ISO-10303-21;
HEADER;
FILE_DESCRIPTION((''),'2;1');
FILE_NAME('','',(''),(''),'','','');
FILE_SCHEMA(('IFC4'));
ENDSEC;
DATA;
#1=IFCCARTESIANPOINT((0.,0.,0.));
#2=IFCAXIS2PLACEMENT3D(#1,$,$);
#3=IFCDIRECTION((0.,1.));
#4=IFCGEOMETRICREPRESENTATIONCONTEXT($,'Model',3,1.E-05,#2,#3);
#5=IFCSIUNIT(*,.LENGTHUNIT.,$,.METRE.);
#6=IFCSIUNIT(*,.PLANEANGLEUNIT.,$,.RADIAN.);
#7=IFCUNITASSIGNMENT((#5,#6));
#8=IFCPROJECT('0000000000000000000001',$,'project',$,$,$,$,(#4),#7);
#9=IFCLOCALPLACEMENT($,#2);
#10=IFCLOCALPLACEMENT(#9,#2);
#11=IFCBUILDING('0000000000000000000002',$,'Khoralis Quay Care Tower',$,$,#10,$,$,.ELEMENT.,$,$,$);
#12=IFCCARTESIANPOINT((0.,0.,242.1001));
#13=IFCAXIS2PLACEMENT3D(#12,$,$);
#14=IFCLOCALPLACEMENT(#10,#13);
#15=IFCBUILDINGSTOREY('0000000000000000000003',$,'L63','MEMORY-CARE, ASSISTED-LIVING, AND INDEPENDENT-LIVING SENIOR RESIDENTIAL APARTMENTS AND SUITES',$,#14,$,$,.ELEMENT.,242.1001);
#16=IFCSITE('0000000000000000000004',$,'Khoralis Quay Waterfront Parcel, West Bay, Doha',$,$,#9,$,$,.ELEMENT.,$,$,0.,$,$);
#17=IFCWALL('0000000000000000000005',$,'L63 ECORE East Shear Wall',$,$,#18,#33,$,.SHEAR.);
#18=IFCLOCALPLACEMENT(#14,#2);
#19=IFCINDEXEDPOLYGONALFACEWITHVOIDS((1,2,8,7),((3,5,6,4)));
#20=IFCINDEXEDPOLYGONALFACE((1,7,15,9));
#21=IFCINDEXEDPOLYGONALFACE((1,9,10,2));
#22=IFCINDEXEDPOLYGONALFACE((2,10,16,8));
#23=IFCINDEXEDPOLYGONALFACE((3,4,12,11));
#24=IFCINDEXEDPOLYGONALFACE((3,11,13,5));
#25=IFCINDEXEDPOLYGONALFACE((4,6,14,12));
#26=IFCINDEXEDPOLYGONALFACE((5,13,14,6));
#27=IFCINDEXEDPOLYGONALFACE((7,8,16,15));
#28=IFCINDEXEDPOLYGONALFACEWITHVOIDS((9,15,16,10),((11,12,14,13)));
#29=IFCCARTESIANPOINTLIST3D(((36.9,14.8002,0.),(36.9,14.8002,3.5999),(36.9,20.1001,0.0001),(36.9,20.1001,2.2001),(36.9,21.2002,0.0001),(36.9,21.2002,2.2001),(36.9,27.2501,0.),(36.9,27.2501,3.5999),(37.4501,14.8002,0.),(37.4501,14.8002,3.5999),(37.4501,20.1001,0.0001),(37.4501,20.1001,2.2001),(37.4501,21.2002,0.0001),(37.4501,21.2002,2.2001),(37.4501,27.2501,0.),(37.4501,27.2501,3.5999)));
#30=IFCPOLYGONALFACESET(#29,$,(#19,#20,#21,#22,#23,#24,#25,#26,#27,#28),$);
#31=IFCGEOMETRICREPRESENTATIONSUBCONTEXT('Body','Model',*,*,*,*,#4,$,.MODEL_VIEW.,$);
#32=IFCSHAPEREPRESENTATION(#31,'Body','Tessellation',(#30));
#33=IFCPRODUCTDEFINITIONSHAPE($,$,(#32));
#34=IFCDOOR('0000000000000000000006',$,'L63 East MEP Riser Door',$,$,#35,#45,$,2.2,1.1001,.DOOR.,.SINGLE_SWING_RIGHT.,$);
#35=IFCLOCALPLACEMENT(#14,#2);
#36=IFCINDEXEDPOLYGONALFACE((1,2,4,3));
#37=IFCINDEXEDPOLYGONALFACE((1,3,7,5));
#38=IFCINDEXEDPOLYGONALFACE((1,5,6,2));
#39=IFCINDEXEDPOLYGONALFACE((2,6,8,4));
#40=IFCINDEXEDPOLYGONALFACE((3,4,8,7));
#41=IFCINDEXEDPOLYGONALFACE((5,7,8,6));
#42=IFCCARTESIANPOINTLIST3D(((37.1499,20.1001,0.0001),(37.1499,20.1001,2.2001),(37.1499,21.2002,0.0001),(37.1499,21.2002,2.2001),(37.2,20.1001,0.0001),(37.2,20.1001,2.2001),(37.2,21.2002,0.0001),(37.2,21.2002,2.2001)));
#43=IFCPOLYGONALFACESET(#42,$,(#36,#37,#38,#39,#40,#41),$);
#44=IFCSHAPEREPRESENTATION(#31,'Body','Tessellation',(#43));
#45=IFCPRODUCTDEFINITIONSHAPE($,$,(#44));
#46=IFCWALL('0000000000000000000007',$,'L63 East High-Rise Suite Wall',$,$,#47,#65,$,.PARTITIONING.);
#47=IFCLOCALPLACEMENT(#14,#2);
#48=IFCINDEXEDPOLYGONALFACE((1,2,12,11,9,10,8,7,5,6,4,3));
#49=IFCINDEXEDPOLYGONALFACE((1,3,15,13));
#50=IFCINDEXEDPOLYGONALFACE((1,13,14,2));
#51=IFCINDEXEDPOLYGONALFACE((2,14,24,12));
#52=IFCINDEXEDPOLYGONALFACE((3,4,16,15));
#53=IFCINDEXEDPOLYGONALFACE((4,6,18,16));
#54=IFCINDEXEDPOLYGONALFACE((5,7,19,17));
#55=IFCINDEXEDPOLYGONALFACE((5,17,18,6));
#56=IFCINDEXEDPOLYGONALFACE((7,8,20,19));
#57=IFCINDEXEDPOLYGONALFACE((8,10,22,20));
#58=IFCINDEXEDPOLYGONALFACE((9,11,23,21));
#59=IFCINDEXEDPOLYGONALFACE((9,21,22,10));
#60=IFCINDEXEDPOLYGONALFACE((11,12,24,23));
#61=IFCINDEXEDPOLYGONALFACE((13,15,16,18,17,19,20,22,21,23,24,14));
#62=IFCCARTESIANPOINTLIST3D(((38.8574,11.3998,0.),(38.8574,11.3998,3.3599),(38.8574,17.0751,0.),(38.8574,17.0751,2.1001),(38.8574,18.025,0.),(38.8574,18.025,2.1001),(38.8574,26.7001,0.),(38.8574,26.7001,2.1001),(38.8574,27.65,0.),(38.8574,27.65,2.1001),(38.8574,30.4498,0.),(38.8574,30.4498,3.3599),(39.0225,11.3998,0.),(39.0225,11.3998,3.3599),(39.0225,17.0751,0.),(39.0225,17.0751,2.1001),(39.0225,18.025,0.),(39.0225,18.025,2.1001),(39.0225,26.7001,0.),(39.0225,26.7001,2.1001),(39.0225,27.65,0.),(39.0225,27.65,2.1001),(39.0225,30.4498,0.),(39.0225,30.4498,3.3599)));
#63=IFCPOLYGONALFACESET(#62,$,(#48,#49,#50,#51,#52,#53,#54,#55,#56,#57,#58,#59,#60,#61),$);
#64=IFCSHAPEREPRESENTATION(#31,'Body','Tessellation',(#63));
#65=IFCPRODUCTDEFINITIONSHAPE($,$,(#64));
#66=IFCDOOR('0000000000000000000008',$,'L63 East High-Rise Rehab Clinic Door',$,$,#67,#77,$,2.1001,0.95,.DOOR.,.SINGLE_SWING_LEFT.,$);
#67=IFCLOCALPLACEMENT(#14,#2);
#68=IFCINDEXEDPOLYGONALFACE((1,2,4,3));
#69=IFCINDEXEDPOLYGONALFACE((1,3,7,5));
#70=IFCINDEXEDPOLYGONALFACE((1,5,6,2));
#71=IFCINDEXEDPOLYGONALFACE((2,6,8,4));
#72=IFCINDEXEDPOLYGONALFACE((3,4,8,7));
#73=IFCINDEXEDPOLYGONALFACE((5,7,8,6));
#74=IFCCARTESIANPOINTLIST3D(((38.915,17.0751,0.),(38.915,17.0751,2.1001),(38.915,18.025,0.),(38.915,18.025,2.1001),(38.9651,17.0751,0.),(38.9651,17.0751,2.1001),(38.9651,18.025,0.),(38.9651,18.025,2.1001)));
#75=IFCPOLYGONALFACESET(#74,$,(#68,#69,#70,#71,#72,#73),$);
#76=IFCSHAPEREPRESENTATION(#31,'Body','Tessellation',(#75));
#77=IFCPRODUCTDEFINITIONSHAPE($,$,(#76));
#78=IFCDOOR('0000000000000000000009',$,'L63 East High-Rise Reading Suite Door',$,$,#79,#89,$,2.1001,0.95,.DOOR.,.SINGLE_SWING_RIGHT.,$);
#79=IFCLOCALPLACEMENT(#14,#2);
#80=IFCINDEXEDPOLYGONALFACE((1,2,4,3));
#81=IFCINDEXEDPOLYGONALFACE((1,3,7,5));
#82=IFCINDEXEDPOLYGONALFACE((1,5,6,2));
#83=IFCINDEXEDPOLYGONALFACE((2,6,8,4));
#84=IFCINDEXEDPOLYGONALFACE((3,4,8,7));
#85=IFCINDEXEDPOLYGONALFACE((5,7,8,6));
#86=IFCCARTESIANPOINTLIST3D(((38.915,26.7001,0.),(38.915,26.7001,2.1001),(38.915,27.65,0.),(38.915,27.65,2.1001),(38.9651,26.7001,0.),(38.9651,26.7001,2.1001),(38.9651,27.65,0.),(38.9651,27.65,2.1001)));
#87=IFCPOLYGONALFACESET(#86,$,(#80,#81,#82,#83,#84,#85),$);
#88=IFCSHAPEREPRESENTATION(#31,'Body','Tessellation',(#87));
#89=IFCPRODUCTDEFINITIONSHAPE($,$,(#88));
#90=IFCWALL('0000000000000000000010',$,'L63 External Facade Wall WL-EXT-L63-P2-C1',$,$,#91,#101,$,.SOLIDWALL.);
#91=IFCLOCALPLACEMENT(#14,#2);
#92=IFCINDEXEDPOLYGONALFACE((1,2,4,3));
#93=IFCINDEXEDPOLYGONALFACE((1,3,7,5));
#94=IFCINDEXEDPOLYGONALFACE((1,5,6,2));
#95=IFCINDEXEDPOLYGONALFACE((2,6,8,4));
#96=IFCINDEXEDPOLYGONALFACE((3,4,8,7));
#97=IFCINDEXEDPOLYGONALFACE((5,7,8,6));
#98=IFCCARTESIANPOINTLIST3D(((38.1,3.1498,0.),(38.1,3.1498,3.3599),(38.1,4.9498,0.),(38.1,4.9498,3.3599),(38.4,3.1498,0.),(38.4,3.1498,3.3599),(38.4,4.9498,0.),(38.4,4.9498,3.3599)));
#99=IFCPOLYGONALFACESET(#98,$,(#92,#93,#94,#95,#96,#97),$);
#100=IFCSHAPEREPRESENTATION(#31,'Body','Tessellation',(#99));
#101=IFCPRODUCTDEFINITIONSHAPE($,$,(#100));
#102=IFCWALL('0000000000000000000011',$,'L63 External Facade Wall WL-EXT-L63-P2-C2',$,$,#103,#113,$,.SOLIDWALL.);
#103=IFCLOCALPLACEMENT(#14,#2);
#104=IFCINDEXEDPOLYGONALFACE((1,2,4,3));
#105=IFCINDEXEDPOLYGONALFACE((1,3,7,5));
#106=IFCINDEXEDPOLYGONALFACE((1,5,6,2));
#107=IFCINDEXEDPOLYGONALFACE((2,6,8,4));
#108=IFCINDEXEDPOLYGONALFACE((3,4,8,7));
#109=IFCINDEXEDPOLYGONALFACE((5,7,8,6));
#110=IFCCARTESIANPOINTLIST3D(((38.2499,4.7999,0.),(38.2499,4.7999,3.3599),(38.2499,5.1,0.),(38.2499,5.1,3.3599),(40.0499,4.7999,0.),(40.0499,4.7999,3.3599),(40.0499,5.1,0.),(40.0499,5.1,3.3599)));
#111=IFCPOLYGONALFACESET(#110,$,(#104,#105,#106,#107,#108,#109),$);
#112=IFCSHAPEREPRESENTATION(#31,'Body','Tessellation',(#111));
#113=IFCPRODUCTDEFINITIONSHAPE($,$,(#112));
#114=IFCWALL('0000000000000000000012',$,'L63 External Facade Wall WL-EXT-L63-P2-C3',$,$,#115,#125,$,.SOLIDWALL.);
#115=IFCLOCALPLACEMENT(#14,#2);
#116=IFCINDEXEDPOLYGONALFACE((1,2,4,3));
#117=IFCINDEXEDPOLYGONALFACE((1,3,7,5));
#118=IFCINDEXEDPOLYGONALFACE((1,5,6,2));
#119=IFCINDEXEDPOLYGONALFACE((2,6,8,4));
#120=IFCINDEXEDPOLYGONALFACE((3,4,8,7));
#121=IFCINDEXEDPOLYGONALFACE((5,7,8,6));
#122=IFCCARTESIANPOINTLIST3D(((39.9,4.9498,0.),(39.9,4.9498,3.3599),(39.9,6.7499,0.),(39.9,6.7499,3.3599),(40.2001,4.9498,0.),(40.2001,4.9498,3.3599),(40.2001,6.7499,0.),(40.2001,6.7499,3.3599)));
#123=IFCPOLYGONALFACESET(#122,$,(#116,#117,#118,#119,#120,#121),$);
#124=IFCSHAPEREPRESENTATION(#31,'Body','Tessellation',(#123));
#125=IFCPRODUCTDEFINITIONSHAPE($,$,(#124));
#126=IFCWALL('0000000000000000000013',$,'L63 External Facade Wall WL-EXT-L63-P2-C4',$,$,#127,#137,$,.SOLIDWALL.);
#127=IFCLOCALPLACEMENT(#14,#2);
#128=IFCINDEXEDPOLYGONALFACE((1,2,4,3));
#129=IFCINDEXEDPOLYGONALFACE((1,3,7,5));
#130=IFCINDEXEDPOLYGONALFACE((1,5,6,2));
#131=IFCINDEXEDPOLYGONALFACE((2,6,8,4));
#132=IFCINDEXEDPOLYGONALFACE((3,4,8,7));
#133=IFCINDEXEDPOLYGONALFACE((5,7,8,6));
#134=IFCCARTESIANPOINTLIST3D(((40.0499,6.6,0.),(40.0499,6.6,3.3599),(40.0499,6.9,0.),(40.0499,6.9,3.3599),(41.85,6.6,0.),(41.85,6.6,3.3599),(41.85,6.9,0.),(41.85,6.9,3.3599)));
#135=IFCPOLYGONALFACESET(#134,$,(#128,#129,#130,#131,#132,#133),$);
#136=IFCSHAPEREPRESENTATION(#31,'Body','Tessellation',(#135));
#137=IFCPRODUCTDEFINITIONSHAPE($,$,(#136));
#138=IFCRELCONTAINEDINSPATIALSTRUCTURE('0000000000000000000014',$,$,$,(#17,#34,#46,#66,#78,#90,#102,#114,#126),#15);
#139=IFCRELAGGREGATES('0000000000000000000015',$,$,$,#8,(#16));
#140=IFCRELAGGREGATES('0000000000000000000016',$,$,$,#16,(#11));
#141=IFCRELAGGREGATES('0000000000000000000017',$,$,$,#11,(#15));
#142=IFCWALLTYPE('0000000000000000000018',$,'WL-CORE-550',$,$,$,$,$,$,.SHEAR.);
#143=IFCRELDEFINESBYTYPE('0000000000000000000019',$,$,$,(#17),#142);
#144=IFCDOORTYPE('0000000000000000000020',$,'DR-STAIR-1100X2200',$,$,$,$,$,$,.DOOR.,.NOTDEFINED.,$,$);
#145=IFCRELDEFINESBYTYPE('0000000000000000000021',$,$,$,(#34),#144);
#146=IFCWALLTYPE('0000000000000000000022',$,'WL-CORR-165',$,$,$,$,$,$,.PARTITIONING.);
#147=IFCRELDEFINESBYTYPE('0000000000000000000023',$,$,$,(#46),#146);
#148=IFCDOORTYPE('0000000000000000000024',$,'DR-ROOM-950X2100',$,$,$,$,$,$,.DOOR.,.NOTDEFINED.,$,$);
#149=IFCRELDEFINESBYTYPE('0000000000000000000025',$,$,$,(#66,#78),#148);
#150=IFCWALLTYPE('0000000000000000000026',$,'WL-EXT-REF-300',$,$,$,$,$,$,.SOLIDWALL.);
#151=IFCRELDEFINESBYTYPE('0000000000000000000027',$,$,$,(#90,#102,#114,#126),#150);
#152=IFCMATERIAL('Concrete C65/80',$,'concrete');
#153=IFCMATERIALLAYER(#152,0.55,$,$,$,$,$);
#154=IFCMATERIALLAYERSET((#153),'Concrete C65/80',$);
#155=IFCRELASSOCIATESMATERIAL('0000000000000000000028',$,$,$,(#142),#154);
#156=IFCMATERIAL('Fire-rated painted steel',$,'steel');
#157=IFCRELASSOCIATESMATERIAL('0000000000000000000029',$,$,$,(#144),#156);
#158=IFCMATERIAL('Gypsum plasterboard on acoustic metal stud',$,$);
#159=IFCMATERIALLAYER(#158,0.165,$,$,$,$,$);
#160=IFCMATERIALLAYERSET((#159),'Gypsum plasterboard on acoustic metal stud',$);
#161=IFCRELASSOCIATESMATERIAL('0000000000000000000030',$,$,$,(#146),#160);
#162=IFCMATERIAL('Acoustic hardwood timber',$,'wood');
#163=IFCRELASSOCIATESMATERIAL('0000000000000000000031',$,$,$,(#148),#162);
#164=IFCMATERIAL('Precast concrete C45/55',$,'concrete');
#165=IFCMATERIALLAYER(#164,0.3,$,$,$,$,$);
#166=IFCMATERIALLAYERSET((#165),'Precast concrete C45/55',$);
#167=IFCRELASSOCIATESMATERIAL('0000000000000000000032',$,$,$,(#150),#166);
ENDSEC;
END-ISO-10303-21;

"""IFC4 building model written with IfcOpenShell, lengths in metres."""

from ifc_helpers import new_model, si_unit, direction, frame, frame_2d, origin, place, context, subcontext, project, spatial, rectangle, extrude, source, transform, mapped, material, layer, layer_set, type_object, element, fill, save


model = new_model("IFC4")

# Units and contexts
model_context = context("Model", 3, precision=1e-05, world=origin(), true_north=direction((0.0, 1.0)))
body_context = subcontext(model_context, "Body", "Model", "MODEL_VIEW")
ifc_project = project(units=[si_unit("LENGTHUNIT", "METRE"), si_unit("PLANEANGLEUNIT", "RADIAN")], contexts=[model_context])

# Site, building, storey
site_placement = place(None, origin())
site = spatial("IfcSite", under=ifc_project, at=site_placement, Name="Khoralis Quay Waterfront Parcel, West Bay, Doha", CompositionType="ELEMENT", RefElevation=0.0)
building_placement = place(site_placement, origin())
building = spatial("IfcBuilding", under=site, at=building_placement, Name="Khoralis Quay Care Tower", CompositionType="ELEMENT")
storey_placement = place(building_placement, frame((0.0, 0.0, 242.1001)))
storey = spatial("IfcBuildingStorey", under=building, at=storey_placement, Name="L63", Description="MEMORY-CARE, ASSISTED-LIVING, AND INDEPENDENT-LIVING SENIOR RESIDENTIAL APARTMENTS AND SUITES", CompositionType="ELEMENT", Elevation=242.1001)

# Shared definitions
ifc_material_1 = material(Name="Gypsum plasterboard on acoustic metal stud")

# Wall, opening, door
ifc_material_2 = material(Name="Concrete C65/80", Category="concrete")
ifc_layer_1 = layer(ifc_material_2, 0.55)
ifc_layer_set_1 = layer_set([ifc_layer_1], Name="Concrete C65/80")
wall_type_1 = type_object("IfcWallType", Name="WL-CORE-550", PredefinedType="SHEAR", material=ifc_layer_set_1)
wall_1_placement = place(storey_placement, frame((37.175, 14.8, 0.0), z_axis=(0.0, 0.0, 1.0), x_axis=(0.0, 1.0, 0.0)))
wall_1 = element("IfcWall", 1, at=wall_1_placement, inside=storey, type_object=wall_type_1, Name="L63 ECORE East Shear Wall", PredefinedType="SHEAR", context=body_context, shape_type="SweptSolid", body=[
    extrude(rectangle(XDim=12.45, YDim=0.55, at=frame_2d((6.2251, 0.0))), origin(), (0.0, 0.0, 1.0), 3.5999),
])
opening_1_placement = place(wall_1_placement, frame((5.3, 0.0, 0.0)))
opening_1 = element("IfcOpeningElement", 2, at=opening_1_placement, cuts=wall_1, PredefinedType="OPENING", context=body_context, shape_type="SweptSolid", body=[
    extrude(rectangle(XDim=1.1001, YDim=2.2, at=frame_2d((0.55, 1.1001))), frame((0.0, 0.2852, 0.0), z_axis=(0.0, -1.0, 0.0), x_axis=(1.0, 0.0, 0.0)), (0.0, 0.0, 1.0), 0.5701),
])
ifc_material_3 = material(Name="Fire-rated painted steel", Category="steel")
door_type_1 = type_object("IfcDoorType", Name="DR-STAIR-1100X2200", OperationType="NOTDEFINED", PredefinedType="DOOR", material=ifc_material_3)
shared_shape_1 = source(origin(), body_context, "Body", "SweptSolid", [
    extrude(rectangle(XDim=1.1001, YDim=2.2, at=frame_2d((0.55, 1.1001))), frame((0.0, 0.0249, 0.0), z_axis=(0.0, -1.0, 0.0), x_axis=(1.0, 0.0, 0.0)), (0.0, 0.0, 1.0), 0.05),
])
door_1_placement = place(opening_1_placement, frame((1.1001, 0.0, 0.0), z_axis=(0.0, 0.0, 1.0), x_axis=(-1.0, 0.0, 0.0)))
door_1 = element("IfcDoor", 3, at=door_1_placement, inside=storey, type_object=door_type_1, Name="L63 East MEP Riser Door", OperationType="SINGLE_SWING_RIGHT", OverallHeight=2.2, OverallWidth=1.1001, PredefinedType="DOOR", context=body_context, shape_type="MappedRepresentation", body=[
    mapped(shared_shape_1, transform((0.0, 0.0, 0.0), scale=1.0)),
])
fill(opening_1, door_1)

# Wall, openings, doors
ifc_layer_2 = layer(ifc_material_1, 0.165)
ifc_layer_set_2 = layer_set([ifc_layer_2], Name="Gypsum plasterboard on acoustic metal stud")
wall_type_2 = type_object("IfcWallType", Name="WL-CORR-165", PredefinedType="PARTITIONING", material=ifc_layer_set_2)
wall_2_placement = place(storey_placement, frame((38.9399, 11.3999, 0.0), z_axis=(0.0, 0.0, 1.0), x_axis=(0.0, 1.0, 0.0)))
wall_2 = element("IfcWall", 4, at=wall_2_placement, inside=storey, type_object=wall_type_2, Name="L63 East High-Rise Suite Wall", PredefinedType="PARTITIONING", context=body_context, shape_type="SweptSolid", body=[
    extrude(rectangle(XDim=19.05, YDim=0.165, at=frame_2d((9.5249, 0.0))), origin(), (0.0, 0.0, 1.0), 3.3599),
])
opening_2_placement = place(wall_2_placement, frame((5.675, 0.0, 0.0)))
opening_2 = element("IfcOpeningElement", 5, at=opening_2_placement, cuts=wall_2, PredefinedType="OPENING", context=body_context, shape_type="SweptSolid", body=[
    extrude(rectangle(XDim=0.95, YDim=2.1001, at=frame_2d((0.4751, 1.05))), frame((0.0, 0.0925, 0.0), z_axis=(0.0, -1.0, 0.0), x_axis=(1.0, 0.0, 0.0)), (0.0, 0.0, 1.0), 0.1851),
])
opening_3_placement = place(wall_2_placement, frame((15.3, 0.0, 0.0)))
opening_3 = element("IfcOpeningElement", 6, at=opening_3_placement, cuts=wall_2, PredefinedType="OPENING", context=body_context, shape_type="SweptSolid", body=[
    extrude(rectangle(XDim=0.95, YDim=2.1001, at=frame_2d((0.4751, 1.05))), frame((0.0, 0.0925, 0.0), z_axis=(0.0, -1.0, 0.0), x_axis=(1.0, 0.0, 0.0)), (0.0, 0.0, 1.0), 0.1851),
])
ifc_material_4 = material(Name="Acoustic hardwood timber", Category="wood")
door_type_2 = type_object("IfcDoorType", Name="DR-ROOM-950X2100", OperationType="NOTDEFINED", PredefinedType="DOOR", material=ifc_material_4)
shared_shape_2 = source(origin(), body_context, "Body", "SweptSolid", [
    extrude(rectangle(XDim=0.95, YDim=2.1001, at=frame_2d((0.4751, 1.05))), frame((0.0, 0.0249, 0.0), z_axis=(0.0, -1.0, 0.0), x_axis=(1.0, 0.0, 0.0)), (0.0, 0.0, 1.0), 0.05),
])
door_2_placement = place(opening_2_placement, origin())
door_2 = element("IfcDoor", 7, at=door_2_placement, inside=storey, type_object=door_type_2, Name="L63 East High-Rise Rehab Clinic Door", OperationType="SINGLE_SWING_LEFT", OverallHeight=2.1001, OverallWidth=0.95, PredefinedType="DOOR", context=body_context, shape_type="MappedRepresentation", body=[
    mapped(shared_shape_2, transform((0.0, 0.0, 0.0), scale=1.0)),
])
fill(opening_2, door_2)
door_3_placement = place(opening_3_placement, origin())
door_3 = element("IfcDoor", 8, at=door_3_placement, inside=storey, type_object=door_type_2, Name="L63 East High-Rise Reading Suite Door", OperationType="SINGLE_SWING_RIGHT", OverallHeight=2.1001, OverallWidth=0.95, PredefinedType="DOOR", context=body_context, shape_type="MappedRepresentation", body=[
    mapped(shared_shape_2, transform((0.0, 0.0, 0.0), scale=1.0)),
])
fill(opening_3, door_3)

# Walls
ifc_material_5 = material(Name="Precast concrete C45/55", Category="concrete")
ifc_layer_3 = layer(ifc_material_5, 0.3)
ifc_layer_set_3 = layer_set([ifc_layer_3], Name="Precast concrete C45/55")
wall_type_3 = type_object("IfcWallType", Name="WL-EXT-REF-300", PredefinedType="SOLIDWALL", material=ifc_layer_set_3)
for number, where, z_axis, x_axis, name in (
    (9, (38.25, 3.1499, 0.0), (0.0, 0.0, 1.0), (0.0, 1.0, 0.0), "L63 External Facade Wall WL-EXT-L63-P2-C1"),
    (10, (38.25, 4.95, 0.0), (0.0, 0.0, 1.0), (1.0, 0.0, 0.0), "L63 External Facade Wall WL-EXT-L63-P2-C2"),
    (11, (40.05, 4.95, 0.0), (0.0, 0.0, 1.0), (0.0, 1.0, 0.0), "L63 External Facade Wall WL-EXT-L63-P2-C3"),
    (12, (40.05, 6.75, 0.0), (0.0, 0.0, 1.0), (1.0, 0.0, 0.0), "L63 External Facade Wall WL-EXT-L63-P2-C4"),
):
    element("IfcWall", number, at=place(storey_placement, frame(where, z_axis=z_axis, x_axis=x_axis)), inside=storey, type_object=wall_type_3, Name=name, PredefinedType="SOLIDWALL", context=body_context, shape_type="SweptSolid", body=[
        extrude(rectangle(XDim=1.8, YDim=0.3, at=frame_2d((0.8999, 0.0))), origin(), (0.0, 0.0, 1.0), 3.3599),
    ])

save(model, "model.ifc")
